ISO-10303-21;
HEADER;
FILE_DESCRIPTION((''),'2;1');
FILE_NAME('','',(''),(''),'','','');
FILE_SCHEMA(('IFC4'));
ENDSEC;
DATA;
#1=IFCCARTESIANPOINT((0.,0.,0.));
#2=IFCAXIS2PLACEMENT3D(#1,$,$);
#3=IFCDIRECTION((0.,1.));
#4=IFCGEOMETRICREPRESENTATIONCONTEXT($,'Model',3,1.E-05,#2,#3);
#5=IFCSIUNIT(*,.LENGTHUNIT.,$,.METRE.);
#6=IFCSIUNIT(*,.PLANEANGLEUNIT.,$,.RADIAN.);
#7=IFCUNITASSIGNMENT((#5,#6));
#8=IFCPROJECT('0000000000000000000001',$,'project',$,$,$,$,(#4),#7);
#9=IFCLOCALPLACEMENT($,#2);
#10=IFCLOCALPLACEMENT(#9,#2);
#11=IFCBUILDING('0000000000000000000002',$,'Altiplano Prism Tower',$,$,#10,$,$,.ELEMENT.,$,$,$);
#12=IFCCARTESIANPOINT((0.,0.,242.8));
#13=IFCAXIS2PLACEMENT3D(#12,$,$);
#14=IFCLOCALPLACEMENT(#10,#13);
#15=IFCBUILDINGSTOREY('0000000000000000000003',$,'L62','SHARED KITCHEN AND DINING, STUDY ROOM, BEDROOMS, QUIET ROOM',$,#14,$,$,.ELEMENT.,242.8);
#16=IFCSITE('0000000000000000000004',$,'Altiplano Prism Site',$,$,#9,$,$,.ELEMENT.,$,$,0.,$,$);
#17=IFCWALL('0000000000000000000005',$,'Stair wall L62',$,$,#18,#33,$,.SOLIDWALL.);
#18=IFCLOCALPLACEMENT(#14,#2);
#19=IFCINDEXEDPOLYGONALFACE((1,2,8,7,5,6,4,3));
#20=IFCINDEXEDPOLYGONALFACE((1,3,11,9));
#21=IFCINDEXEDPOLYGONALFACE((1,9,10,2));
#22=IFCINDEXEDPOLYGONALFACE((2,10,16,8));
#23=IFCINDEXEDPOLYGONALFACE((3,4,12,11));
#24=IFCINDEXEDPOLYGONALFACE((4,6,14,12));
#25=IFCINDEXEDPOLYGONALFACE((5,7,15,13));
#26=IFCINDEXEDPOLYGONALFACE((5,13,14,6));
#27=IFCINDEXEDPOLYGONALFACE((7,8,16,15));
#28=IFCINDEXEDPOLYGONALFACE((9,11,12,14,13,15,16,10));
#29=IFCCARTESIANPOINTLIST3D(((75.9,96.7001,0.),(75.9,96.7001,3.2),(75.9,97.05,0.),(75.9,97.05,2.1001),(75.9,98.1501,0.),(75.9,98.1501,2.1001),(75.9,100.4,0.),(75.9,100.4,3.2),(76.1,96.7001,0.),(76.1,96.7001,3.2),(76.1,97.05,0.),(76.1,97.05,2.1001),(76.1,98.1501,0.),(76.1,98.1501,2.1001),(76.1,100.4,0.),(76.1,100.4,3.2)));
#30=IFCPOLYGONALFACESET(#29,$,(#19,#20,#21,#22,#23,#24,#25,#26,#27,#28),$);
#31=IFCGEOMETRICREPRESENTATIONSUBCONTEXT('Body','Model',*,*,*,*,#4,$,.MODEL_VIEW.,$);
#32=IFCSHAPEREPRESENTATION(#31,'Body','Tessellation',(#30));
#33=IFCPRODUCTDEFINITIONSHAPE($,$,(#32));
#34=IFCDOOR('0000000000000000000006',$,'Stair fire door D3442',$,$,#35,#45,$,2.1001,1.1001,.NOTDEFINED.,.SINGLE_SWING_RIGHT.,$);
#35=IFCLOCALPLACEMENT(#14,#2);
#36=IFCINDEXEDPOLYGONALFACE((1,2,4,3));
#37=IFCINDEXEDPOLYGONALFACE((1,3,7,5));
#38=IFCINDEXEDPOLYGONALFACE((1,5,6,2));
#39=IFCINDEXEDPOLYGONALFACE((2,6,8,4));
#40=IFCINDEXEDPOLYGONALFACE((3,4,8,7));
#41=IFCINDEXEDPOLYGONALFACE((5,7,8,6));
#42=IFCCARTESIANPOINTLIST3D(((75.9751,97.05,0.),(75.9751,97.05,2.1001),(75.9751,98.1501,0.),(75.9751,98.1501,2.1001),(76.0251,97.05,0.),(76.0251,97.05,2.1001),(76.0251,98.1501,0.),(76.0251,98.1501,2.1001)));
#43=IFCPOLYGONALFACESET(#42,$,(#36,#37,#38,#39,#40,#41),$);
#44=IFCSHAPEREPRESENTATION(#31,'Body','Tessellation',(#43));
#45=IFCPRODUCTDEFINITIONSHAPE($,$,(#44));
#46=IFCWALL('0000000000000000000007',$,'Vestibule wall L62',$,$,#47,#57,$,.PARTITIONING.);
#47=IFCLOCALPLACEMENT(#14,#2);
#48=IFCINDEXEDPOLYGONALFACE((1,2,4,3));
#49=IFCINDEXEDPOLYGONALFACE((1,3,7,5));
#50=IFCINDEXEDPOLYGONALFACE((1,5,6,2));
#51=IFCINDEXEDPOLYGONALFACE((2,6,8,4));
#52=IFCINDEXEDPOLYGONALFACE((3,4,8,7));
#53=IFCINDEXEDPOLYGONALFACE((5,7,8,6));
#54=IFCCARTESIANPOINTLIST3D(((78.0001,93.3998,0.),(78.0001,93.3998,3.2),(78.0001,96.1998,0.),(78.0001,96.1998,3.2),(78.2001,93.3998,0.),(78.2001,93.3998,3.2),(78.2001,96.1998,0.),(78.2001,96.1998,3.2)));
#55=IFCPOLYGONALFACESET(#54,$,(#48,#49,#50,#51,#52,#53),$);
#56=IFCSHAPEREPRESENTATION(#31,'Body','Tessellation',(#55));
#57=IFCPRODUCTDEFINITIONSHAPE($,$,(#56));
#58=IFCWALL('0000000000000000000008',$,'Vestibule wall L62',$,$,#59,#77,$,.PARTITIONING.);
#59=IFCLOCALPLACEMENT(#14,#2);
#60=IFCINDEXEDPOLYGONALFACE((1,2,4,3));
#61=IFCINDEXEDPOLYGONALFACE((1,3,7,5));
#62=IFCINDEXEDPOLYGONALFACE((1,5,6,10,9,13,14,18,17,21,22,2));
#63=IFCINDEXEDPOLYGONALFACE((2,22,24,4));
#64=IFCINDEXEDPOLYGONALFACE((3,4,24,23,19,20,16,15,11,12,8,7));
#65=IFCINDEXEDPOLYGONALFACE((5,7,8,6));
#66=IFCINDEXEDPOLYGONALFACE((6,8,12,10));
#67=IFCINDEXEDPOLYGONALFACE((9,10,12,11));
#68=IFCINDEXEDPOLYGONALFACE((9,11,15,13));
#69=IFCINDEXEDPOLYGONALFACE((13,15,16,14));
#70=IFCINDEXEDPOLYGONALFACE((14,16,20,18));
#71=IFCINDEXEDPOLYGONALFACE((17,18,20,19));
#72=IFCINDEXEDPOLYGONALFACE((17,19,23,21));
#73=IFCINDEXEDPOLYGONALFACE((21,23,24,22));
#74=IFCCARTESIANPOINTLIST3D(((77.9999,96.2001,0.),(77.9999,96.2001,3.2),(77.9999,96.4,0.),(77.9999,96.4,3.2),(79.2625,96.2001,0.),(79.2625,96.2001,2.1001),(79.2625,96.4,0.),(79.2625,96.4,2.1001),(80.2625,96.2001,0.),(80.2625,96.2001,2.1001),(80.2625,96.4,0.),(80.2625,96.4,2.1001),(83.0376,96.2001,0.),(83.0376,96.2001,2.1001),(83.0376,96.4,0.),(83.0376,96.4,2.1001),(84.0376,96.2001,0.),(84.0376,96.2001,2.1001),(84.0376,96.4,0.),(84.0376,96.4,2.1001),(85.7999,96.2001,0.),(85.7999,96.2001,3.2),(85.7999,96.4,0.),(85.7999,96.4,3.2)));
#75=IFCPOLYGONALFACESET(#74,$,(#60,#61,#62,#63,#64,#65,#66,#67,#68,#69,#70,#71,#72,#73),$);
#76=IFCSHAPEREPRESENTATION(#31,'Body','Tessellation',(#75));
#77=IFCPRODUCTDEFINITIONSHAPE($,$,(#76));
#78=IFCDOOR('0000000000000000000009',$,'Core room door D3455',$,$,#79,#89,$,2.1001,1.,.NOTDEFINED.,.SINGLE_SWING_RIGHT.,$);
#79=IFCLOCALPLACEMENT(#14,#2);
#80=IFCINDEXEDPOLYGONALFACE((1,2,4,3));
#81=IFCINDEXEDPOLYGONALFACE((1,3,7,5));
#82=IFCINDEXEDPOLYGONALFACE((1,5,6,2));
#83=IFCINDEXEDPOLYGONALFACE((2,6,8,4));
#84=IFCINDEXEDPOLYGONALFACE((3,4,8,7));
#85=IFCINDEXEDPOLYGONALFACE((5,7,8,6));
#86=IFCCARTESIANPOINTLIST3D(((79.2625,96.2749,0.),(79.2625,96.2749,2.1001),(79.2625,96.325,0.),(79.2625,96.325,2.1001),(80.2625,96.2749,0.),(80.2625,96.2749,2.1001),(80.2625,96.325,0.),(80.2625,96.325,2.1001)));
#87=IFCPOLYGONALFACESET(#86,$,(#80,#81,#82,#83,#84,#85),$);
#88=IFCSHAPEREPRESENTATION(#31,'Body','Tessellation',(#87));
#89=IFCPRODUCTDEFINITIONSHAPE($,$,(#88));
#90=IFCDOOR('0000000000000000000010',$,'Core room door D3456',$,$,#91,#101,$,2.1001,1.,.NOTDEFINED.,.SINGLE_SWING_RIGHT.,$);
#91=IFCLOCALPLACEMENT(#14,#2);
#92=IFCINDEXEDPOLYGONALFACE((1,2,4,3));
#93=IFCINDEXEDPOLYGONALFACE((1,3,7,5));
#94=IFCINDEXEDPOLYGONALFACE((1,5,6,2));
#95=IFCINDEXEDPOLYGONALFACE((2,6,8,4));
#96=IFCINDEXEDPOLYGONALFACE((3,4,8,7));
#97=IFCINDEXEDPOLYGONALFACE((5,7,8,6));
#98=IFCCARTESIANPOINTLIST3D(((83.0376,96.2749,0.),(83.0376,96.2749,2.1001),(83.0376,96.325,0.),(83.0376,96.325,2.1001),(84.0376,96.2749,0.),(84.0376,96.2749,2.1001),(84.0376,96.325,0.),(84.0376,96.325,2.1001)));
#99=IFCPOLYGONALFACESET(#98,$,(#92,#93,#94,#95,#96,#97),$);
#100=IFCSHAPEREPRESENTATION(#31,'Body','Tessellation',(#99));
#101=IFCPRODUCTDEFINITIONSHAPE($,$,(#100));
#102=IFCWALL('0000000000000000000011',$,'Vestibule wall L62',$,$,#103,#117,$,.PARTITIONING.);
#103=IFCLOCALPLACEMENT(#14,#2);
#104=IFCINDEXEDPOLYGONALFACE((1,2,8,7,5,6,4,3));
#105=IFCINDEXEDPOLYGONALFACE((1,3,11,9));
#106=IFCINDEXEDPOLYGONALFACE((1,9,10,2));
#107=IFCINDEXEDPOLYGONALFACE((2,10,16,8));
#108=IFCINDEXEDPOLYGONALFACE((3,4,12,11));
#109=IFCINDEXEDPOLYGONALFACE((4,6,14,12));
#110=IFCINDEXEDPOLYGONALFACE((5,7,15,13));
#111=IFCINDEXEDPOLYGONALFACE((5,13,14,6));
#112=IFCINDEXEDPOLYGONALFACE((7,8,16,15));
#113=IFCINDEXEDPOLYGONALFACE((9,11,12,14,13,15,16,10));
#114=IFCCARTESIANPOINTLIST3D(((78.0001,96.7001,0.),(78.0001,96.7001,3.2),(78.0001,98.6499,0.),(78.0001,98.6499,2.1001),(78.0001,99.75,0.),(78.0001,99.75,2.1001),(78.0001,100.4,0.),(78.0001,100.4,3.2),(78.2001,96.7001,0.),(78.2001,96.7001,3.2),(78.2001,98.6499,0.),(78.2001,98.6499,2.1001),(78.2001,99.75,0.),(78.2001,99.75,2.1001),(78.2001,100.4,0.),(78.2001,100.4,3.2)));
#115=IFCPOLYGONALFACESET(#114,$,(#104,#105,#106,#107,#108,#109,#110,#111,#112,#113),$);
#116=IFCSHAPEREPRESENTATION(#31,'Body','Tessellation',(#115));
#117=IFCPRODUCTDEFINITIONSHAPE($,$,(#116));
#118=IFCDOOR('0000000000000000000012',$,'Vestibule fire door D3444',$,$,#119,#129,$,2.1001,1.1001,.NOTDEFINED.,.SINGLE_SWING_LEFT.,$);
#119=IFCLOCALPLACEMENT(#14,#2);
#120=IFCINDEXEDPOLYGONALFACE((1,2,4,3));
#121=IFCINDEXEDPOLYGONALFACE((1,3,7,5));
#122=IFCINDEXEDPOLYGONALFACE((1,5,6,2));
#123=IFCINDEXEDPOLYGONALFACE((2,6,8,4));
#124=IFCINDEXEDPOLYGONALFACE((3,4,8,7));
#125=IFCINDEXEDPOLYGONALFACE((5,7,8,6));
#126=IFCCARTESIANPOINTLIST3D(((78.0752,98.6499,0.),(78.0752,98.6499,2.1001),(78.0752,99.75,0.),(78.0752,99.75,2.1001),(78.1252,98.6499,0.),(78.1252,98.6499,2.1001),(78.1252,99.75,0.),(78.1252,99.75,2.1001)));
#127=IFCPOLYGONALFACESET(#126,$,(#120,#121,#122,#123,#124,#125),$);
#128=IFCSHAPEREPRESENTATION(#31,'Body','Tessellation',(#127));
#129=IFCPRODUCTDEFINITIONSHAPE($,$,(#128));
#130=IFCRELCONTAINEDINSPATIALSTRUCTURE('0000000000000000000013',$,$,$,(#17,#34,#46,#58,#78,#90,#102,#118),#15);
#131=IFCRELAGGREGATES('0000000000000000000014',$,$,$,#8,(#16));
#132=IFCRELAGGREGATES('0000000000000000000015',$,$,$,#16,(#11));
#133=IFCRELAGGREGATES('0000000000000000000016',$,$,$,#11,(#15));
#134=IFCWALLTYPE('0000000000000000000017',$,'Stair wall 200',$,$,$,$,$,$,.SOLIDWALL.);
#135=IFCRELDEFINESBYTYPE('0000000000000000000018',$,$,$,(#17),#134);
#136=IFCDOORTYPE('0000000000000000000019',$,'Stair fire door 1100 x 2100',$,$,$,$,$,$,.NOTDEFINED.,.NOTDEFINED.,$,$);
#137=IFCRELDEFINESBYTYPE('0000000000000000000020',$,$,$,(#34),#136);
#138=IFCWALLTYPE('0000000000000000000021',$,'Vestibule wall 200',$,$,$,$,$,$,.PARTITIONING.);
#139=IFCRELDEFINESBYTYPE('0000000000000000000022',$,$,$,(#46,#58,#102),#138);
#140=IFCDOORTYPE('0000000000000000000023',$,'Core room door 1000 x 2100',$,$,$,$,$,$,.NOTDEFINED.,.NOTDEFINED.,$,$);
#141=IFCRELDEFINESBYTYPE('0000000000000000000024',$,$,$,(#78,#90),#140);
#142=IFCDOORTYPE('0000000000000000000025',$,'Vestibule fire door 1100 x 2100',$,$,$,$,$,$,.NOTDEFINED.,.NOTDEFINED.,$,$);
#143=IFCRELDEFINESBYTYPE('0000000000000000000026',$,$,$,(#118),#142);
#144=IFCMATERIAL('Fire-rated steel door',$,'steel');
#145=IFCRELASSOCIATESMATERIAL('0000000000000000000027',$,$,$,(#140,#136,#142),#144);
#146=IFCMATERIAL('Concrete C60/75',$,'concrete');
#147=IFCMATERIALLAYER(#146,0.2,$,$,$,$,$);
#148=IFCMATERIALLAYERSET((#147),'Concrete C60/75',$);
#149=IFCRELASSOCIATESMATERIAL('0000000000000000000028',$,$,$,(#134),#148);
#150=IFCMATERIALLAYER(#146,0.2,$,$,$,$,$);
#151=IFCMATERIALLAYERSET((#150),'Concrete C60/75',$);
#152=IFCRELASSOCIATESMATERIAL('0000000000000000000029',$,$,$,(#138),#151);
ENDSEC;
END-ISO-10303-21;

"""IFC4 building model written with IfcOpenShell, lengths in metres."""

from ifc_helpers import new_model, si_unit, direction, frame, frame_2d, origin, place, context, subcontext, project, spatial, rectangle, extrude, material, layer, layer_set, type_object, element, fill, save


model = new_model("IFC4")

# Units and contexts
model_context = context("Model", 3, precision=1e-05, world=origin(), true_north=direction((0.0, 1.0)))
body_context = subcontext(model_context, "Body", "Model", "MODEL_VIEW")
ifc_project = project(units=[si_unit("LENGTHUNIT", "METRE"), si_unit("PLANEANGLEUNIT", "RADIAN")], contexts=[model_context])

# Site, building, storey
site_placement = place(None, origin())
site = spatial("IfcSite", under=ifc_project, at=site_placement, Name="Altiplano Prism Site", CompositionType="ELEMENT", RefElevation=0.0)
building_placement = place(site_placement, origin())
building = spatial("IfcBuilding", under=site, at=building_placement, Name="Altiplano Prism Tower", CompositionType="ELEMENT")
storey_placement = place(building_placement, frame((0.0, 0.0, 242.8)))
storey = spatial("IfcBuildingStorey", under=building, at=storey_placement, Name="L62", Description="SHARED KITCHEN AND DINING, STUDY ROOM, BEDROOMS, QUIET ROOM", CompositionType="ELEMENT", Elevation=242.8)

# Shared definitions
ifc_material_1 = material(Name="Concrete C60/75", Category="concrete")
ifc_material_2 = material(Name="Fire-rated steel door", Category="steel")
door_type_1 = type_object("IfcDoorType", Name="Core room door 1000 x 2100", OperationType="NOTDEFINED", PredefinedType="NOTDEFINED", material=ifc_material_2)

# Shared definitions
ifc_layer_1 = layer(ifc_material_1, 0.2)
ifc_layer_set_1 = layer_set([ifc_layer_1], Name="Concrete C60/75")
wall_type_1 = type_object("IfcWallType", Name="Stair wall 200", PredefinedType="SOLIDWALL", material=ifc_layer_set_1)

# Wall, opening, door
wall_1_placement = place(storey_placement, frame((76.0, 96.7, 0.0), z_axis=(0.0, 0.0, 1.0), x_axis=(0.0, 1.0, 0.0)))
wall_1 = element("IfcWall", 1, at=wall_1_placement, inside=storey, type_object=wall_type_1, Name="Stair wall L62", PredefinedType="SOLIDWALL", context=body_context, shape_type="SweptSolid", body=[
    extrude(rectangle(XDim=3.7, YDim=0.2, at=frame_2d((1.8501, 0.0))), origin(), (0.0, 0.0, 1.0), 3.2),
])
opening_1_placement = place(wall_1_placement, frame((0.3501, 0.0, 0.0)))
opening_1 = element("IfcOpeningElement", 2, at=opening_1_placement, cuts=wall_1, PredefinedType="OPENING", context=body_context, shape_type="SweptSolid", body=[
    extrude(rectangle(XDim=1.1001, YDim=2.1001, at=frame_2d((0.55, 1.05))), frame((0.0, 0.1104, 0.0), z_axis=(0.0, -1.0, 0.0), x_axis=(1.0, 0.0, 0.0)), (0.0, 0.0, 1.0), 0.2209),
])
door_type_2 = type_object("IfcDoorType", Name="Stair fire door 1100 x 2100", OperationType="NOTDEFINED", PredefinedType="NOTDEFINED", material=ifc_material_2)
door_1_placement = place(opening_1_placement, origin())
door_1 = element("IfcDoor", 3, at=door_1_placement, inside=storey, type_object=door_type_2, Name="Stair fire door D3442", OperationType="SINGLE_SWING_RIGHT", OverallHeight=2.1001, OverallWidth=1.1001, PredefinedType="NOTDEFINED", context=body_context, shape_type="SweptSolid", body=[
    extrude(rectangle(XDim=1.1001, YDim=2.1001, at=frame_2d((0.55, 1.05))), frame((0.0, 0.0249, 0.0), z_axis=(0.0, -1.0, 0.0), x_axis=(1.0, 0.0, 0.0)), (0.0, 0.0, 1.0), 0.05),
])
fill(opening_1, door_1)

# Wall
ifc_layer_2 = layer(ifc_material_1, 0.2)
ifc_layer_set_2 = layer_set([ifc_layer_2], Name="Concrete C60/75")
wall_type_2 = type_object("IfcWallType", Name="Vestibule wall 200", PredefinedType="PARTITIONING", material=ifc_layer_set_2)
wall_2_placement = place(storey_placement, frame((78.1001, 93.3999, 0.0), z_axis=(0.0, 0.0, 1.0), x_axis=(0.0, 1.0, 0.0)))
element("IfcWall", 4, at=wall_2_placement, inside=storey, type_object=wall_type_2, Name="Vestibule wall L62", PredefinedType="PARTITIONING", context=body_context, shape_type="SweptSolid", body=[
    extrude(rectangle(XDim=2.8, YDim=0.2, at=frame_2d((1.3999, 0.0))), origin(), (0.0, 0.0, 1.0), 3.2),
])

# Wall, openings, doors
wall_3_placement = place(storey_placement, frame((78.0, 96.3, 0.0), z_axis=(0.0, 0.0, 1.0), x_axis=(1.0, 0.0, 0.0)))
wall_3 = element("IfcWall", 5, at=wall_3_placement, inside=storey, type_object=wall_type_2, Name="Vestibule wall L62", PredefinedType="PARTITIONING", context=body_context, shape_type="SweptSolid", body=[
    extrude(rectangle(XDim=7.8, YDim=0.2, at=frame_2d((3.8999, 0.0))), origin(), (0.0, 0.0, 1.0), 3.2),
])
opening_2_placement = place(wall_3_placement, frame((1.2625, 0.0, 0.0)))
opening_2 = element("IfcOpeningElement", 6, at=opening_2_placement, cuts=wall_3, PredefinedType="OPENING", context=body_context, shape_type="SweptSolid", body=[
    extrude(rectangle(XDim=1.0, YDim=2.1001, at=frame_2d((0.5, 1.05))), frame((0.0, 0.1104, 0.0), z_axis=(0.0, -1.0, 0.0), x_axis=(1.0, 0.0, 0.0)), (0.0, 0.0, 1.0), 0.2209),
])
opening_3_placement = place(wall_3_placement, frame((5.0376, 0.0, 0.0)))
opening_3 = element("IfcOpeningElement", 7, at=opening_3_placement, cuts=wall_3, PredefinedType="OPENING", context=body_context, shape_type="SweptSolid", body=[
    extrude(rectangle(XDim=1.0, YDim=2.1001, at=frame_2d((0.5, 1.05))), frame((0.0, 0.1104, 0.0), z_axis=(0.0, -1.0, 0.0), x_axis=(1.0, 0.0, 0.0)), (0.0, 0.0, 1.0), 0.2209),
])
door_2_placement = place(opening_2_placement, origin())
door_2 = element("IfcDoor", 8, at=door_2_placement, inside=storey, type_object=door_type_1, Name="Core room door D3455", OperationType="SINGLE_SWING_RIGHT", OverallHeight=2.1001, OverallWidth=1.0, PredefinedType="NOTDEFINED", context=body_context, shape_type="SweptSolid", body=[
    extrude(rectangle(XDim=1.0, YDim=2.1001, at=frame_2d((0.5, 1.05))), frame((0.0, 0.0249, 0.0), z_axis=(0.0, -1.0, 0.0), x_axis=(1.0, 0.0, 0.0)), (0.0, 0.0, 1.0), 0.05),
])
fill(opening_2, door_2)
door_3_placement = place(opening_3_placement, origin())
door_3 = element("IfcDoor", 9, at=door_3_placement, inside=storey, type_object=door_type_1, Name="Core room door D3456", OperationType="SINGLE_SWING_RIGHT", OverallHeight=2.1001, OverallWidth=1.0, PredefinedType="NOTDEFINED", context=body_context, shape_type="SweptSolid", body=[
    extrude(rectangle(XDim=1.0, YDim=2.1001, at=frame_2d((0.5, 1.05))), frame((0.0, 0.0249, 0.0), z_axis=(0.0, -1.0, 0.0), x_axis=(1.0, 0.0, 0.0)), (0.0, 0.0, 1.0), 0.05),
])
fill(opening_3, door_3)

# Wall, opening, door
wall_4_placement = place(storey_placement, frame((78.1001, 96.7, 0.0), z_axis=(0.0, 0.0, 1.0), x_axis=(0.0, 1.0, 0.0)))
wall_4 = element("IfcWall", 10, at=wall_4_placement, inside=storey, type_object=wall_type_2, Name="Vestibule wall L62", PredefinedType="PARTITIONING", context=body_context, shape_type="SweptSolid", body=[
    extrude(rectangle(XDim=3.7, YDim=0.2, at=frame_2d((1.8501, 0.0))), origin(), (0.0, 0.0, 1.0), 3.2),
])
opening_4_placement = place(wall_4_placement, frame((1.95, 0.0, 0.0)))
opening_4 = element("IfcOpeningElement", 11, at=opening_4_placement, cuts=wall_4, PredefinedType="OPENING", context=body_context, shape_type="SweptSolid", body=[
    extrude(rectangle(XDim=1.1001, YDim=2.1001, at=frame_2d((0.55, 1.05))), frame((0.0, 0.1104, 0.0), z_axis=(0.0, -1.0, 0.0), x_axis=(1.0, 0.0, 0.0)), (0.0, 0.0, 1.0), 0.2209),
])
door_type_3 = type_object("IfcDoorType", Name="Vestibule fire door 1100 x 2100", OperationType="NOTDEFINED", PredefinedType="NOTDEFINED", material=ifc_material_2)
door_4_placement = place(opening_4_placement, origin())
door_4 = element("IfcDoor", 12, at=door_4_placement, inside=storey, type_object=door_type_3, Name="Vestibule fire door D3444", OperationType="SINGLE_SWING_LEFT", OverallHeight=2.1001, OverallWidth=1.1001, PredefinedType="NOTDEFINED", context=body_context, shape_type="SweptSolid", body=[
    extrude(rectangle(XDim=1.1001, YDim=2.1001, at=frame_2d((0.55, 1.05))), frame((0.0, 0.0249, 0.0), z_axis=(0.0, -1.0, 0.0), x_axis=(1.0, 0.0, 0.0)), (0.0, 0.0, 1.0), 0.05),
])
fill(opening_4, door_4)

save(model, "model.ifc")
